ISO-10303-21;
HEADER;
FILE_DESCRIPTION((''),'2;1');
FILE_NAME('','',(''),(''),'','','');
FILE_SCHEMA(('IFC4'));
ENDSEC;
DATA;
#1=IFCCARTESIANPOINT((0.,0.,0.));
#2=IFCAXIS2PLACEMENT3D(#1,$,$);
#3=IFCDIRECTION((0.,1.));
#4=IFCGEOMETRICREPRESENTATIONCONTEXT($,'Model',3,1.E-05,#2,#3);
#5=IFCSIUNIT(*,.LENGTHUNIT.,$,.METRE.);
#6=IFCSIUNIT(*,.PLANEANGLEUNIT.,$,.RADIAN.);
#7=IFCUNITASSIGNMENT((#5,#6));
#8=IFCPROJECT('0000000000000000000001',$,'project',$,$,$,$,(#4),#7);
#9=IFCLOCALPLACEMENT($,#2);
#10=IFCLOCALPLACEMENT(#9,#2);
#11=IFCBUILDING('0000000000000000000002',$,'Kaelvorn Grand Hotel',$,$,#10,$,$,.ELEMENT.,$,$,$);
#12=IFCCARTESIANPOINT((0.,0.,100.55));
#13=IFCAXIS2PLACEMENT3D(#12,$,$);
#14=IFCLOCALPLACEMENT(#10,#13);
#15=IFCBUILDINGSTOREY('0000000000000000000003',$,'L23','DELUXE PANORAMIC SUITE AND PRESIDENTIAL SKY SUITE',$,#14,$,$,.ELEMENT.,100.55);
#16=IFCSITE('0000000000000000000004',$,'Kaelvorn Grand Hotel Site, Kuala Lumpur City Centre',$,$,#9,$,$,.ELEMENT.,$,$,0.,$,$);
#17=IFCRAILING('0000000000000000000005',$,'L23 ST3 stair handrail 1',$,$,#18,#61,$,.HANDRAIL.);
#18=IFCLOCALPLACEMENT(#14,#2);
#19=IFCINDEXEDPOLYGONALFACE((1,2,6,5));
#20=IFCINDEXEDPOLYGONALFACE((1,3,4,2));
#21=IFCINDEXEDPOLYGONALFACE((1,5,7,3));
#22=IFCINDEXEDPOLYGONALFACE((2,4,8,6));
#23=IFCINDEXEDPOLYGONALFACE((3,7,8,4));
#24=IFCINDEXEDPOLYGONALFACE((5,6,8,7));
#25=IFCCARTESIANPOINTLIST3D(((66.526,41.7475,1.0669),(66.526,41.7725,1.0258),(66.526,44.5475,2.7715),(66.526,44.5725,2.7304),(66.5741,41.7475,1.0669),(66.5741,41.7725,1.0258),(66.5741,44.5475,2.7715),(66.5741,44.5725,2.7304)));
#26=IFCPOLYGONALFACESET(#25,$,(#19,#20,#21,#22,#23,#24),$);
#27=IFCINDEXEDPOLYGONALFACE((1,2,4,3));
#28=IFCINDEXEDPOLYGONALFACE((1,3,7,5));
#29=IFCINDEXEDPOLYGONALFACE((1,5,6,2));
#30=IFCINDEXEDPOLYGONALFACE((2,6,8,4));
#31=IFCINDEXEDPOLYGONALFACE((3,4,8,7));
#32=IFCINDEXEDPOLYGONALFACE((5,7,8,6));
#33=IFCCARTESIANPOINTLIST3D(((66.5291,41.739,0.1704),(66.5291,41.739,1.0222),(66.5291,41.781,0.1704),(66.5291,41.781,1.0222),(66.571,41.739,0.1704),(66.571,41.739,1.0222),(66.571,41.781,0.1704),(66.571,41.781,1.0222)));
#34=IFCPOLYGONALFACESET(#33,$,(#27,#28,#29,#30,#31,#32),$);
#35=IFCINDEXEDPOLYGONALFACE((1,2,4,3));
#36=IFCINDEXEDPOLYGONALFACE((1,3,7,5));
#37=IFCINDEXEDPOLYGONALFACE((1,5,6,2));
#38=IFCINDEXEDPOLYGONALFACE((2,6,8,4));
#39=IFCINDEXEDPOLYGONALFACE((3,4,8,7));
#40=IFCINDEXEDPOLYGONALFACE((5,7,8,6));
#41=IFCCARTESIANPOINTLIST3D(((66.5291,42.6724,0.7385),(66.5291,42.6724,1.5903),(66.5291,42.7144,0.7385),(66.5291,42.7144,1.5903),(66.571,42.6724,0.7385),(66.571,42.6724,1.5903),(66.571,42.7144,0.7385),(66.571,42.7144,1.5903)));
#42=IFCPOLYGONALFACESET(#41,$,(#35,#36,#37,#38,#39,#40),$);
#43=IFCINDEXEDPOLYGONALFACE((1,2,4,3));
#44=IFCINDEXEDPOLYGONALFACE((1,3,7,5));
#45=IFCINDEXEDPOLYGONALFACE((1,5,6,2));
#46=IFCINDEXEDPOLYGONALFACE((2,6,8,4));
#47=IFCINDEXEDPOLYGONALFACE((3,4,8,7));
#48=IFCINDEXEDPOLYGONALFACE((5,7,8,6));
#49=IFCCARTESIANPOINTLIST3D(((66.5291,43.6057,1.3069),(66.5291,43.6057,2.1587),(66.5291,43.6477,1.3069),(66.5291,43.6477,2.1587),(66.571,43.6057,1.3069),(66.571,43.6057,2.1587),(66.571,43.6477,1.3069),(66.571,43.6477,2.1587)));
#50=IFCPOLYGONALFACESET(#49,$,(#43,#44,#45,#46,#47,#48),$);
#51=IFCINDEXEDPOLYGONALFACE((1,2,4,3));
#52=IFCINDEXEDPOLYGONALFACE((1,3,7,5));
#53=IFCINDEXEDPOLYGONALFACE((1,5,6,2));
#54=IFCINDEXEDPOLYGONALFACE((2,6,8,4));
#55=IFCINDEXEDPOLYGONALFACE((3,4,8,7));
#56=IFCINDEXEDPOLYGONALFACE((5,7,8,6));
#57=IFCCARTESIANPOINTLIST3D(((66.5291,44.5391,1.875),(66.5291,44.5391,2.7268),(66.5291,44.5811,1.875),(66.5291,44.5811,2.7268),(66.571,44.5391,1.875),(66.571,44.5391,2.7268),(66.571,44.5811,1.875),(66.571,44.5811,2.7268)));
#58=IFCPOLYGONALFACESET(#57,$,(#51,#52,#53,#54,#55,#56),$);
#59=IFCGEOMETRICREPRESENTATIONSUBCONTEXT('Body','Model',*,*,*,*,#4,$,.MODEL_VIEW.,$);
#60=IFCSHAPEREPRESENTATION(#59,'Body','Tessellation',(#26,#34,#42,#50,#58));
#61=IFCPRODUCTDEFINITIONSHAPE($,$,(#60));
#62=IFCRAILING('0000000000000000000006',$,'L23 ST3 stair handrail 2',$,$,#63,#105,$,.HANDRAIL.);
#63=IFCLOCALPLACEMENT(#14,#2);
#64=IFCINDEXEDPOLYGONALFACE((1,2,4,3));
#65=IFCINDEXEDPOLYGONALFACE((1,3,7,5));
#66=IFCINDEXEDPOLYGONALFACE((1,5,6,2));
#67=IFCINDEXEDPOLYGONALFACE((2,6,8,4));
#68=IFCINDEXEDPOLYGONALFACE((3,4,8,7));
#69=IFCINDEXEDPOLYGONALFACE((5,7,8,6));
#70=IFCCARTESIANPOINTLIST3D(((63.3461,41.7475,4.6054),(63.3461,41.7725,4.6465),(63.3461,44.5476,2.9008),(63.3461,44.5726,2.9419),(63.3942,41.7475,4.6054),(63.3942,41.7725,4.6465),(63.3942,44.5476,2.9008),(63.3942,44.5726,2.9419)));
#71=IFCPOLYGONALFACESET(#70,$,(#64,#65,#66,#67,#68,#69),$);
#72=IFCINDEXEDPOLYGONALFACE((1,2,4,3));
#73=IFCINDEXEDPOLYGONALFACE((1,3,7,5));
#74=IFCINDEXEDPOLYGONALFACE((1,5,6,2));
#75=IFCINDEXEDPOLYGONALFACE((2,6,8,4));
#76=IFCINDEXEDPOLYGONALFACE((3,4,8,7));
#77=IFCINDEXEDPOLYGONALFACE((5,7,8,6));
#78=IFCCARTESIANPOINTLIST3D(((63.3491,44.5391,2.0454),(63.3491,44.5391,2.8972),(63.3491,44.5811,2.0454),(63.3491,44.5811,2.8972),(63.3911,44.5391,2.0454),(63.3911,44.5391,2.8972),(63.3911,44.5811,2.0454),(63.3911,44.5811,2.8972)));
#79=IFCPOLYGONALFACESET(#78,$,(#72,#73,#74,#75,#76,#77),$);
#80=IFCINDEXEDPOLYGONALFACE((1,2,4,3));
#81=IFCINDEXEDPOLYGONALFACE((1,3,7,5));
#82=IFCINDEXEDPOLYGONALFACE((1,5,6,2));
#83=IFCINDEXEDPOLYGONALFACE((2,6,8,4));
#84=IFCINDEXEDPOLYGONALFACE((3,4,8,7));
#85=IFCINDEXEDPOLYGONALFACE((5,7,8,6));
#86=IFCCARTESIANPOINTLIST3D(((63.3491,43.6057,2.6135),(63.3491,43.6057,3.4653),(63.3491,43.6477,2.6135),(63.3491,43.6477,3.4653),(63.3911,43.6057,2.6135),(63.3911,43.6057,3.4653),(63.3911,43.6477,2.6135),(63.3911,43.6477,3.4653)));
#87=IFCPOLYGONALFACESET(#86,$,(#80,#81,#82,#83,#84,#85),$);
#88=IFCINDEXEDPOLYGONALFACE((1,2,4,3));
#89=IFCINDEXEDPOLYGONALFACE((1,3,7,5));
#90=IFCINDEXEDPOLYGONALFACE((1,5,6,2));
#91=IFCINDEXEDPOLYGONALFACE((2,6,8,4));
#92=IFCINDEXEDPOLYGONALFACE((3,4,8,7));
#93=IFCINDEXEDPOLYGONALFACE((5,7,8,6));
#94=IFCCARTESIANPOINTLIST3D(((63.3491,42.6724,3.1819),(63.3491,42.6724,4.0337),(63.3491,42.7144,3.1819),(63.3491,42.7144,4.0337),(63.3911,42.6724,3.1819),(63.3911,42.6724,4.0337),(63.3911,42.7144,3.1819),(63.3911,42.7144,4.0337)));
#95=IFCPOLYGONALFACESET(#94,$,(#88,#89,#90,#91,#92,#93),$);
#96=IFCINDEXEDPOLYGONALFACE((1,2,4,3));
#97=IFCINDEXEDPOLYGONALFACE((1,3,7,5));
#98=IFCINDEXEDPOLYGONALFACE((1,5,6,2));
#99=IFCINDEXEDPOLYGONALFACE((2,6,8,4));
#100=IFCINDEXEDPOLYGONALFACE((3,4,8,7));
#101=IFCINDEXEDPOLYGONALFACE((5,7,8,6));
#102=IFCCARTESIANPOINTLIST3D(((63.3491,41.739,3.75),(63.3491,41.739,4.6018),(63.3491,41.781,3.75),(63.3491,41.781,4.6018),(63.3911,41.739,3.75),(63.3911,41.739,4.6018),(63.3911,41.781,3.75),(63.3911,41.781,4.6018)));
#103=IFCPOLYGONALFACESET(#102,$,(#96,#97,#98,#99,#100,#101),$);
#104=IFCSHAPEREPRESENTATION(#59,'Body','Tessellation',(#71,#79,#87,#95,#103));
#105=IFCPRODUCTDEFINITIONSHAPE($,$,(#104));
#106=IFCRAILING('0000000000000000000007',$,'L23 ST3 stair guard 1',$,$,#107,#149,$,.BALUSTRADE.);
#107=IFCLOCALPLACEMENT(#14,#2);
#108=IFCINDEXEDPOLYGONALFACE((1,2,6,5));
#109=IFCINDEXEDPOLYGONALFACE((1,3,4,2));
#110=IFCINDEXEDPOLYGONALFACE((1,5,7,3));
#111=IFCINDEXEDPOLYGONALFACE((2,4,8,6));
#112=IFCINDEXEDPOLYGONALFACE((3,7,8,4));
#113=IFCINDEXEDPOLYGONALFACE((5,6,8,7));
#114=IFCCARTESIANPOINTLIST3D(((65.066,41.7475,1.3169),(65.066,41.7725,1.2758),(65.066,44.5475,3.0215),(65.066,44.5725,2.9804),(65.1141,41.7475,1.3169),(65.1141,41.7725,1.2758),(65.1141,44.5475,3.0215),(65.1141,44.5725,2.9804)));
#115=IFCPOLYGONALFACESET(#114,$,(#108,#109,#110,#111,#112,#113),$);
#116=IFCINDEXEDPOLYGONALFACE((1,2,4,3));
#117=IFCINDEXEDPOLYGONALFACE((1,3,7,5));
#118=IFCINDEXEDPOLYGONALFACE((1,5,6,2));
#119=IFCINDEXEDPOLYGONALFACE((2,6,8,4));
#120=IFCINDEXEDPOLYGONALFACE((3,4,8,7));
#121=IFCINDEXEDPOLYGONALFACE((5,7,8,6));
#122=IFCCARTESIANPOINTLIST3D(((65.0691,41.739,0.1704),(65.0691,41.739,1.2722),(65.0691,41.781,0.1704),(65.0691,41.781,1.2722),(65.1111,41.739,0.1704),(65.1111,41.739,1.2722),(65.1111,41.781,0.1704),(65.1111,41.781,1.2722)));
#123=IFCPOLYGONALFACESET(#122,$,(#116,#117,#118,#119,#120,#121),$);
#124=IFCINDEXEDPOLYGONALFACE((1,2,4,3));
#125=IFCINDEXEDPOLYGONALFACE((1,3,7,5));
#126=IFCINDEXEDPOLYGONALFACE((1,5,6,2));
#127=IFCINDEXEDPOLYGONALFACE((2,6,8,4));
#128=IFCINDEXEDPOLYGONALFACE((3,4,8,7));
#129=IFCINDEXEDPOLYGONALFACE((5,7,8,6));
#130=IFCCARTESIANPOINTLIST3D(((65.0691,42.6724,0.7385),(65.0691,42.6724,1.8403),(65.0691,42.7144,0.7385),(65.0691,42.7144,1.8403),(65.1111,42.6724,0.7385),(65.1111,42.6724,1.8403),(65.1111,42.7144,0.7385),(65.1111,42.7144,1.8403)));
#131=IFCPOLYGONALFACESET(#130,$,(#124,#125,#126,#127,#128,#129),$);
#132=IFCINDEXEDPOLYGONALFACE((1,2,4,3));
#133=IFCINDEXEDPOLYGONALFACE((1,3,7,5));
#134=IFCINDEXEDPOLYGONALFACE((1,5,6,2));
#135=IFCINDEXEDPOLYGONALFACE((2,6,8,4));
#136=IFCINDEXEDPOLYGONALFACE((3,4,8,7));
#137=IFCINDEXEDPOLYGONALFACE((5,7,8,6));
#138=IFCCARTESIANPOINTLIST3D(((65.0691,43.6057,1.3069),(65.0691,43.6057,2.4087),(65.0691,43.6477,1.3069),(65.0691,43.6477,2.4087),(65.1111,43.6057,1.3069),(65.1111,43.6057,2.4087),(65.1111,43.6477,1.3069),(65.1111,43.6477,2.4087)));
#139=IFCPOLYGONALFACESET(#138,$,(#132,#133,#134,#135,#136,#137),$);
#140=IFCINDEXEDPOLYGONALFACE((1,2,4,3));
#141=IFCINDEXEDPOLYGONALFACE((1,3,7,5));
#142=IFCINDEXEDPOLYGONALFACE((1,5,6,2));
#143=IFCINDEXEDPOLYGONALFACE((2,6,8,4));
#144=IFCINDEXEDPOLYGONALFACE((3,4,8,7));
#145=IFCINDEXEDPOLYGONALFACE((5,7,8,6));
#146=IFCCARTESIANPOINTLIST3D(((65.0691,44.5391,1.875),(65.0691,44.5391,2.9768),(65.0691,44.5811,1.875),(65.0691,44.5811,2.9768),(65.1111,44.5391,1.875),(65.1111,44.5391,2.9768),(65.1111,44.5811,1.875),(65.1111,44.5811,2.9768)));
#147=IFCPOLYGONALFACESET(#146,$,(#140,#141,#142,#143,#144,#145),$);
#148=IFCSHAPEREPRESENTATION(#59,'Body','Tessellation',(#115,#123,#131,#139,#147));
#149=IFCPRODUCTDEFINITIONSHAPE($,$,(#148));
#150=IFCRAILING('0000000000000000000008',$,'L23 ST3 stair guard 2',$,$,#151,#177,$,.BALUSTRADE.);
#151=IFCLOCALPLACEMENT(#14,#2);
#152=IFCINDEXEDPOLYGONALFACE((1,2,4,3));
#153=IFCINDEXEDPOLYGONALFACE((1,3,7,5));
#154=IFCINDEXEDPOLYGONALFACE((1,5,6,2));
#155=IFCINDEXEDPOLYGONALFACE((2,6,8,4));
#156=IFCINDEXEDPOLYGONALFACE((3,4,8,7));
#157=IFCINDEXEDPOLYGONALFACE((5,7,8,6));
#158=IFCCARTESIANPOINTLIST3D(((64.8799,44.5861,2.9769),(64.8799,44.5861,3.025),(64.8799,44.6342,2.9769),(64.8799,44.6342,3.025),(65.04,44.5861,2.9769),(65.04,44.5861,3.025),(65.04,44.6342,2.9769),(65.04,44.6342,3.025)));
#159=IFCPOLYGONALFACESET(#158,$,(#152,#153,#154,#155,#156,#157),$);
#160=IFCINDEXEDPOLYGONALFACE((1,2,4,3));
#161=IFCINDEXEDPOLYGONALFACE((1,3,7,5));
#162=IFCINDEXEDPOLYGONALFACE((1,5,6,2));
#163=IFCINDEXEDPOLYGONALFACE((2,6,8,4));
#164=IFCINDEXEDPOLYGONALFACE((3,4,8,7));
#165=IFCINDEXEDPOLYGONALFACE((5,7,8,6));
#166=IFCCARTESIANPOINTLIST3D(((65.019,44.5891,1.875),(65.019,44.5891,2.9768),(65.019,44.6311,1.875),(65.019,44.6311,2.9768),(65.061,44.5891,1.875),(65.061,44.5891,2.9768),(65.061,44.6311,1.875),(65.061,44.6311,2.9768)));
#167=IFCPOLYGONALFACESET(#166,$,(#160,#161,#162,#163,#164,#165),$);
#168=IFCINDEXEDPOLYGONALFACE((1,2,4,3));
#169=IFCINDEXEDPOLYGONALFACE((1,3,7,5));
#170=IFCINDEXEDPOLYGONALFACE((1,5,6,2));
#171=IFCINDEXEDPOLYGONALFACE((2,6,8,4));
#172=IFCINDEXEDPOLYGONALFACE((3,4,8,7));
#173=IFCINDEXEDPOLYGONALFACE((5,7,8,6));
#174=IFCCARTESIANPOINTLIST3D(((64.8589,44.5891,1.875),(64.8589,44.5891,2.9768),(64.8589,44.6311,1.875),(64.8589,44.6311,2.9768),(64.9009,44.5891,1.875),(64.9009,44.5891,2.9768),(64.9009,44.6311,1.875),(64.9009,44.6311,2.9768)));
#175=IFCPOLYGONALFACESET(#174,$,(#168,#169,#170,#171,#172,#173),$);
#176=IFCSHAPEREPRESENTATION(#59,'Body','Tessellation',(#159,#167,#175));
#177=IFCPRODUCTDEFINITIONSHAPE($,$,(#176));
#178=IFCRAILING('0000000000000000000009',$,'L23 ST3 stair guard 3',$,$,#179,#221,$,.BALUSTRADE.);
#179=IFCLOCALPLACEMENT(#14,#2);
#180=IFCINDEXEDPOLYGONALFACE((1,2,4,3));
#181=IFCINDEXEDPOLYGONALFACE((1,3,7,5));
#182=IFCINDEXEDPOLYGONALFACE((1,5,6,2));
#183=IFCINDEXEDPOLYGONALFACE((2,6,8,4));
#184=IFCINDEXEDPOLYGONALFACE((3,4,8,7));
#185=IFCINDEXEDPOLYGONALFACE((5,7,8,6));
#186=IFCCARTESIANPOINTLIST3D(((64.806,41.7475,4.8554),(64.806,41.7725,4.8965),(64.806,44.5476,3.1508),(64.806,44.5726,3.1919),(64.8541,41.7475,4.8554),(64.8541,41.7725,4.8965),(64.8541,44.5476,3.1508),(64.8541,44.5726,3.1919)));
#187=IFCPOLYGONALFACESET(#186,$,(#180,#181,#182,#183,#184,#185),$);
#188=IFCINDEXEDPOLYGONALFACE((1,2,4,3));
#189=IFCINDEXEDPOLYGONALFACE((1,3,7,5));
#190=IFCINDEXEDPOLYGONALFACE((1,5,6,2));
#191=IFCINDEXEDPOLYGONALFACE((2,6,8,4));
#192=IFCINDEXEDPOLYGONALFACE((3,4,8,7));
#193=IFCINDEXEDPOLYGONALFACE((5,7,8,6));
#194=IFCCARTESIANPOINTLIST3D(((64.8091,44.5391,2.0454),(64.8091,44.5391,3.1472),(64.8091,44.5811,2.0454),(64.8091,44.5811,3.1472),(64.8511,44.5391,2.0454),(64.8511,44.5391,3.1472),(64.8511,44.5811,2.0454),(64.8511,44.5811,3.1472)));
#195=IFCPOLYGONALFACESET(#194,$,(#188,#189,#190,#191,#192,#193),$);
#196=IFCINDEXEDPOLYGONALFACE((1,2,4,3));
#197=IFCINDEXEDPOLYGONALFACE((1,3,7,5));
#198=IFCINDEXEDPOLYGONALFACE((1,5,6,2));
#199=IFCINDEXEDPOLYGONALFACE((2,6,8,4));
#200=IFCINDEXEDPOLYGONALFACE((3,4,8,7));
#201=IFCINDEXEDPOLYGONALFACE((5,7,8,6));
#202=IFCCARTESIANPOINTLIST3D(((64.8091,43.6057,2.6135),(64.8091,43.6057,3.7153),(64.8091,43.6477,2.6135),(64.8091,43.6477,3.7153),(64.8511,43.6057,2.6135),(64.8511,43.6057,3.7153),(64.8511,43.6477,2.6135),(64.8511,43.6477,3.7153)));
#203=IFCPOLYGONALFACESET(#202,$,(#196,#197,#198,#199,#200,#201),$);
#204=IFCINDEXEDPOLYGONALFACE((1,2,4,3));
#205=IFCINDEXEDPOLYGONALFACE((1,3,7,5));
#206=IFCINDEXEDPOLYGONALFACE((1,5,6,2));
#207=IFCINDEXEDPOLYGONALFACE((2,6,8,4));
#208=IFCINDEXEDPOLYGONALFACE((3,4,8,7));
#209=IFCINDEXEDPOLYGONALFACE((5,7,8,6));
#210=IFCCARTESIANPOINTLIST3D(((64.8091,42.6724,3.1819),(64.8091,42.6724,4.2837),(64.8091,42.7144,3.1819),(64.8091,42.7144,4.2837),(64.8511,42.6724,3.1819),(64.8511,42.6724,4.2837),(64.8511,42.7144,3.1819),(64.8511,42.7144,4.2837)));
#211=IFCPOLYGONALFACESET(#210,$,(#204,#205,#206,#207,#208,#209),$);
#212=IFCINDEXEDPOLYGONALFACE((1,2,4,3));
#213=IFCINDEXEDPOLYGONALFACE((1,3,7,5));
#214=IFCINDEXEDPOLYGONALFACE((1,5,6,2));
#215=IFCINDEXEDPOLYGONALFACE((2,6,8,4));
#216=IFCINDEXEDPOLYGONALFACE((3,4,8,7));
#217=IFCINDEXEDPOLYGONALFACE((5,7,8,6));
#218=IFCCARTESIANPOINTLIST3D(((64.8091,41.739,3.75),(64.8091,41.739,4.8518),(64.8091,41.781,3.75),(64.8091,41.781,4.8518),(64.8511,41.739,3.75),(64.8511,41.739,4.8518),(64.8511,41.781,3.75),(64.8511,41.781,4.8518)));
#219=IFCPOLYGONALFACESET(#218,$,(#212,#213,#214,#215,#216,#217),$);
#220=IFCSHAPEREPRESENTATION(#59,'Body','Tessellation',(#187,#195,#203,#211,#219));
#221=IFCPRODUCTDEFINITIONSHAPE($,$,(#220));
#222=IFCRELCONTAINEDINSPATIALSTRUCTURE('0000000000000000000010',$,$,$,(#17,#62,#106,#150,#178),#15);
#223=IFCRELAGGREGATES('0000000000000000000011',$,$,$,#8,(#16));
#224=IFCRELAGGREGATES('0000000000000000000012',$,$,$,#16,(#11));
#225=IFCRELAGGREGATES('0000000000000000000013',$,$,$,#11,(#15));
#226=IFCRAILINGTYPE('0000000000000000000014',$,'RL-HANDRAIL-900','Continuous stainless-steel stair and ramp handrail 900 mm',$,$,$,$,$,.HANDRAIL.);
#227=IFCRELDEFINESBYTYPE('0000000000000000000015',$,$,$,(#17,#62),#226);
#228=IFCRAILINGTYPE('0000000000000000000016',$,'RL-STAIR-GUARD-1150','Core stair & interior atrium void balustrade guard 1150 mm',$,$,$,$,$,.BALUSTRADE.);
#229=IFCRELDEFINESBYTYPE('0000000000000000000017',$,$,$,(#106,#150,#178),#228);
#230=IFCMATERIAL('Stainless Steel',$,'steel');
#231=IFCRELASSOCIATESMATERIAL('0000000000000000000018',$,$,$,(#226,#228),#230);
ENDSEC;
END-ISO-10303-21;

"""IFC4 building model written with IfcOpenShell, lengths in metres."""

from ifc_helpers import new_model, si_unit, direction, frame, origin, origin_2d, place, context, subcontext, project, spatial, rectangle, extrude, material, type_object, element, save


model = new_model("IFC4")

# Units and contexts
model_context = context("Model", 3, precision=1e-05, world=origin(), true_north=direction((0.0, 1.0)))
body_context = subcontext(model_context, "Body", "Model", "MODEL_VIEW")
ifc_project = project(units=[si_unit("LENGTHUNIT", "METRE"), si_unit("PLANEANGLEUNIT", "RADIAN")], contexts=[model_context])

# Site, building, storey
site_placement = place(None, origin())
site = spatial("IfcSite", under=ifc_project, at=site_placement, Name="Kaelvorn Grand Hotel Site, Kuala Lumpur City Centre", CompositionType="ELEMENT", RefElevation=0.0)
building_placement = place(site_placement, origin())
building = spatial("IfcBuilding", under=site, at=building_placement, Name="Kaelvorn Grand Hotel", CompositionType="ELEMENT")
storey_placement = place(building_placement, frame((0.0, 0.0, 100.55)))
storey = spatial("IfcBuildingStorey", under=building, at=storey_placement, Name="L23", Description="DELUXE PANORAMIC SUITE AND PRESIDENTIAL SKY SUITE", CompositionType="ELEMENT", Elevation=100.55)

# Shared definitions
ifc_material_1 = material(Name="Stainless Steel", Category="steel")

# Railings
railing_type_1 = type_object("IfcRailingType", Name="RL-HANDRAIL-900", Description="Continuous stainless-steel stair and ramp handrail 900 mm", PredefinedType="HANDRAIL", material=ifc_material_1)
railing_1_placement = place(storey_placement, frame((66.55, 41.76, 0.1704)))
element("IfcRailing", 1, at=railing_1_placement, inside=storey, type_object=railing_type_1, Name="L23 ST3 stair handrail 1", PredefinedType="HANDRAIL", context=body_context, shape_type="SweptSolid", body=[
    extrude(rectangle(XDim=0.0481, YDim=0.0481, at=origin_2d()), frame((0.0, 0.0, 0.876), z_axis=(0.0, 0.85417, 0.519994), x_axis=(-1.0, 0.0, 0.0)), (0.0, 0.0, 1.0), 3.2781),
    extrude(rectangle(XDim=0.042, YDim=0.042, at=origin_2d()), origin(), (0.0, 0.0, 1.0), 0.8518),
    extrude(rectangle(XDim=0.042, YDim=0.042, at=origin_2d()), frame((0.0, 0.9333, 0.5681)), (0.0, 0.0, 1.0), 0.8518),
    extrude(rectangle(XDim=0.042, YDim=0.042, at=origin_2d()), frame((0.0, 1.8667, 1.1365)), (0.0, 0.0, 1.0), 0.8518),
    extrude(rectangle(XDim=0.042, YDim=0.042, at=origin_2d()), frame((0.0, 2.8, 1.7046)), (0.0, 0.0, 1.0), 0.8518),
])
railing_2_placement = place(storey_placement, frame((63.3701, 44.5601, 2.0454)))
element("IfcRailing", 2, at=railing_2_placement, inside=storey, type_object=railing_type_1, Name="L23 ST3 stair handrail 2", PredefinedType="HANDRAIL", context=body_context, shape_type="SweptSolid", body=[
    extrude(rectangle(XDim=0.0481, YDim=0.0481, at=origin_2d()), frame((0.0, 0.0, 0.876), z_axis=(0.0, -0.85417, 0.519994), x_axis=(1.0, 0.0, 0.0)), (0.0, 0.0, 1.0), 3.2781),
    extrude(rectangle(XDim=0.042, YDim=0.042, at=origin_2d()), origin(), (0.0, 0.0, 1.0), 0.8518),
    extrude(rectangle(XDim=0.042, YDim=0.042, at=origin_2d()), frame((0.0, -0.9333, 0.5681)), (0.0, 0.0, 1.0), 0.8518),
    extrude(rectangle(XDim=0.042, YDim=0.042, at=origin_2d()), frame((0.0, -1.8667, 1.1365)), (0.0, 0.0, 1.0), 0.8518),
    extrude(rectangle(XDim=0.042, YDim=0.042, at=origin_2d()), frame((0.0, -2.8, 1.7046)), (0.0, 0.0, 1.0), 0.8518),
])
railing_type_2 = type_object("IfcRailingType", Name="RL-STAIR-GUARD-1150", Description="Core stair & interior atrium void balustrade guard 1150 mm", PredefinedType="BALUSTRADE", material=ifc_material_1)
railing_3_placement = place(storey_placement, frame((65.0901, 41.76, 0.1704)))
element("IfcRailing", 3, at=railing_3_placement, inside=storey, type_object=railing_type_2, Name="L23 ST3 stair guard 1", PredefinedType="BALUSTRADE", context=body_context, shape_type="SweptSolid", body=[
    extrude(rectangle(XDim=0.0481, YDim=0.0481, at=origin_2d()), frame((0.0, 0.0, 1.126), z_axis=(0.0, 0.85417, 0.519994), x_axis=(-1.0, 0.0, 0.0)), (0.0, 0.0, 1.0), 3.2781),
    extrude(rectangle(XDim=0.042, YDim=0.042, at=origin_2d()), origin(), (0.0, 0.0, 1.0), 1.1018),
    extrude(rectangle(XDim=0.042, YDim=0.042, at=origin_2d()), frame((0.0, 0.9333, 0.5681)), (0.0, 0.0, 1.0), 1.1018),
    extrude(rectangle(XDim=0.042, YDim=0.042, at=origin_2d()), frame((0.0, 1.8667, 1.1365)), (0.0, 0.0, 1.0), 1.1018),
    extrude(rectangle(XDim=0.042, YDim=0.042, at=origin_2d()), frame((0.0, 2.8, 1.7046)), (0.0, 0.0, 1.0), 1.1018),
])
railing_4_placement = place(storey_placement, frame((65.04, 44.6101, 1.875)))
element("IfcRailing", 4, at=railing_4_placement, inside=storey, type_object=railing_type_2, Name="L23 ST3 stair guard 2", PredefinedType="BALUSTRADE", context=body_context, shape_type="SweptSolid", body=[
    extrude(rectangle(XDim=0.0481, YDim=0.0481, at=origin_2d()), frame((0.0, 0.0, 1.126), z_axis=(-1.0, 0.0, 0.0), x_axis=(0.0, -1.0, 0.0)), (0.0, 0.0, 1.0), 0.1602),
    extrude(rectangle(XDim=0.042, YDim=0.042, at=origin_2d()), origin(), (0.0, 0.0, 1.0), 1.1018),
    extrude(rectangle(XDim=0.042, YDim=0.042, at=origin_2d()), frame((-0.1602, 0.0, 0.0)), (0.0, 0.0, 1.0), 1.1018),
])
railing_5_placement = place(storey_placement, frame((64.8301, 44.5601, 2.0454)))
element("IfcRailing", 5, at=railing_5_placement, inside=storey, type_object=railing_type_2, Name="L23 ST3 stair guard 3", PredefinedType="BALUSTRADE", context=body_context, shape_type="SweptSolid", body=[
    extrude(rectangle(XDim=0.0481, YDim=0.0481, at=origin_2d()), frame((0.0, 0.0, 1.126), z_axis=(0.0, -0.85417, 0.519994), x_axis=(1.0, 0.0, 0.0)), (0.0, 0.0, 1.0), 3.2781),
    extrude(rectangle(XDim=0.042, YDim=0.042, at=origin_2d()), origin(), (0.0, 0.0, 1.0), 1.1018),
    extrude(rectangle(XDim=0.042, YDim=0.042, at=origin_2d()), frame((0.0, -0.9333, 0.5681)), (0.0, 0.0, 1.0), 1.1018),
    extrude(rectangle(XDim=0.042, YDim=0.042, at=origin_2d()), frame((0.0, -1.8667, 1.1365)), (0.0, 0.0, 1.0), 1.1018),
    extrude(rectangle(XDim=0.042, YDim=0.042, at=origin_2d()), frame((0.0, -2.8, 1.7046)), (0.0, 0.0, 1.0), 1.1018),
])

save(model, "model.ifc")
